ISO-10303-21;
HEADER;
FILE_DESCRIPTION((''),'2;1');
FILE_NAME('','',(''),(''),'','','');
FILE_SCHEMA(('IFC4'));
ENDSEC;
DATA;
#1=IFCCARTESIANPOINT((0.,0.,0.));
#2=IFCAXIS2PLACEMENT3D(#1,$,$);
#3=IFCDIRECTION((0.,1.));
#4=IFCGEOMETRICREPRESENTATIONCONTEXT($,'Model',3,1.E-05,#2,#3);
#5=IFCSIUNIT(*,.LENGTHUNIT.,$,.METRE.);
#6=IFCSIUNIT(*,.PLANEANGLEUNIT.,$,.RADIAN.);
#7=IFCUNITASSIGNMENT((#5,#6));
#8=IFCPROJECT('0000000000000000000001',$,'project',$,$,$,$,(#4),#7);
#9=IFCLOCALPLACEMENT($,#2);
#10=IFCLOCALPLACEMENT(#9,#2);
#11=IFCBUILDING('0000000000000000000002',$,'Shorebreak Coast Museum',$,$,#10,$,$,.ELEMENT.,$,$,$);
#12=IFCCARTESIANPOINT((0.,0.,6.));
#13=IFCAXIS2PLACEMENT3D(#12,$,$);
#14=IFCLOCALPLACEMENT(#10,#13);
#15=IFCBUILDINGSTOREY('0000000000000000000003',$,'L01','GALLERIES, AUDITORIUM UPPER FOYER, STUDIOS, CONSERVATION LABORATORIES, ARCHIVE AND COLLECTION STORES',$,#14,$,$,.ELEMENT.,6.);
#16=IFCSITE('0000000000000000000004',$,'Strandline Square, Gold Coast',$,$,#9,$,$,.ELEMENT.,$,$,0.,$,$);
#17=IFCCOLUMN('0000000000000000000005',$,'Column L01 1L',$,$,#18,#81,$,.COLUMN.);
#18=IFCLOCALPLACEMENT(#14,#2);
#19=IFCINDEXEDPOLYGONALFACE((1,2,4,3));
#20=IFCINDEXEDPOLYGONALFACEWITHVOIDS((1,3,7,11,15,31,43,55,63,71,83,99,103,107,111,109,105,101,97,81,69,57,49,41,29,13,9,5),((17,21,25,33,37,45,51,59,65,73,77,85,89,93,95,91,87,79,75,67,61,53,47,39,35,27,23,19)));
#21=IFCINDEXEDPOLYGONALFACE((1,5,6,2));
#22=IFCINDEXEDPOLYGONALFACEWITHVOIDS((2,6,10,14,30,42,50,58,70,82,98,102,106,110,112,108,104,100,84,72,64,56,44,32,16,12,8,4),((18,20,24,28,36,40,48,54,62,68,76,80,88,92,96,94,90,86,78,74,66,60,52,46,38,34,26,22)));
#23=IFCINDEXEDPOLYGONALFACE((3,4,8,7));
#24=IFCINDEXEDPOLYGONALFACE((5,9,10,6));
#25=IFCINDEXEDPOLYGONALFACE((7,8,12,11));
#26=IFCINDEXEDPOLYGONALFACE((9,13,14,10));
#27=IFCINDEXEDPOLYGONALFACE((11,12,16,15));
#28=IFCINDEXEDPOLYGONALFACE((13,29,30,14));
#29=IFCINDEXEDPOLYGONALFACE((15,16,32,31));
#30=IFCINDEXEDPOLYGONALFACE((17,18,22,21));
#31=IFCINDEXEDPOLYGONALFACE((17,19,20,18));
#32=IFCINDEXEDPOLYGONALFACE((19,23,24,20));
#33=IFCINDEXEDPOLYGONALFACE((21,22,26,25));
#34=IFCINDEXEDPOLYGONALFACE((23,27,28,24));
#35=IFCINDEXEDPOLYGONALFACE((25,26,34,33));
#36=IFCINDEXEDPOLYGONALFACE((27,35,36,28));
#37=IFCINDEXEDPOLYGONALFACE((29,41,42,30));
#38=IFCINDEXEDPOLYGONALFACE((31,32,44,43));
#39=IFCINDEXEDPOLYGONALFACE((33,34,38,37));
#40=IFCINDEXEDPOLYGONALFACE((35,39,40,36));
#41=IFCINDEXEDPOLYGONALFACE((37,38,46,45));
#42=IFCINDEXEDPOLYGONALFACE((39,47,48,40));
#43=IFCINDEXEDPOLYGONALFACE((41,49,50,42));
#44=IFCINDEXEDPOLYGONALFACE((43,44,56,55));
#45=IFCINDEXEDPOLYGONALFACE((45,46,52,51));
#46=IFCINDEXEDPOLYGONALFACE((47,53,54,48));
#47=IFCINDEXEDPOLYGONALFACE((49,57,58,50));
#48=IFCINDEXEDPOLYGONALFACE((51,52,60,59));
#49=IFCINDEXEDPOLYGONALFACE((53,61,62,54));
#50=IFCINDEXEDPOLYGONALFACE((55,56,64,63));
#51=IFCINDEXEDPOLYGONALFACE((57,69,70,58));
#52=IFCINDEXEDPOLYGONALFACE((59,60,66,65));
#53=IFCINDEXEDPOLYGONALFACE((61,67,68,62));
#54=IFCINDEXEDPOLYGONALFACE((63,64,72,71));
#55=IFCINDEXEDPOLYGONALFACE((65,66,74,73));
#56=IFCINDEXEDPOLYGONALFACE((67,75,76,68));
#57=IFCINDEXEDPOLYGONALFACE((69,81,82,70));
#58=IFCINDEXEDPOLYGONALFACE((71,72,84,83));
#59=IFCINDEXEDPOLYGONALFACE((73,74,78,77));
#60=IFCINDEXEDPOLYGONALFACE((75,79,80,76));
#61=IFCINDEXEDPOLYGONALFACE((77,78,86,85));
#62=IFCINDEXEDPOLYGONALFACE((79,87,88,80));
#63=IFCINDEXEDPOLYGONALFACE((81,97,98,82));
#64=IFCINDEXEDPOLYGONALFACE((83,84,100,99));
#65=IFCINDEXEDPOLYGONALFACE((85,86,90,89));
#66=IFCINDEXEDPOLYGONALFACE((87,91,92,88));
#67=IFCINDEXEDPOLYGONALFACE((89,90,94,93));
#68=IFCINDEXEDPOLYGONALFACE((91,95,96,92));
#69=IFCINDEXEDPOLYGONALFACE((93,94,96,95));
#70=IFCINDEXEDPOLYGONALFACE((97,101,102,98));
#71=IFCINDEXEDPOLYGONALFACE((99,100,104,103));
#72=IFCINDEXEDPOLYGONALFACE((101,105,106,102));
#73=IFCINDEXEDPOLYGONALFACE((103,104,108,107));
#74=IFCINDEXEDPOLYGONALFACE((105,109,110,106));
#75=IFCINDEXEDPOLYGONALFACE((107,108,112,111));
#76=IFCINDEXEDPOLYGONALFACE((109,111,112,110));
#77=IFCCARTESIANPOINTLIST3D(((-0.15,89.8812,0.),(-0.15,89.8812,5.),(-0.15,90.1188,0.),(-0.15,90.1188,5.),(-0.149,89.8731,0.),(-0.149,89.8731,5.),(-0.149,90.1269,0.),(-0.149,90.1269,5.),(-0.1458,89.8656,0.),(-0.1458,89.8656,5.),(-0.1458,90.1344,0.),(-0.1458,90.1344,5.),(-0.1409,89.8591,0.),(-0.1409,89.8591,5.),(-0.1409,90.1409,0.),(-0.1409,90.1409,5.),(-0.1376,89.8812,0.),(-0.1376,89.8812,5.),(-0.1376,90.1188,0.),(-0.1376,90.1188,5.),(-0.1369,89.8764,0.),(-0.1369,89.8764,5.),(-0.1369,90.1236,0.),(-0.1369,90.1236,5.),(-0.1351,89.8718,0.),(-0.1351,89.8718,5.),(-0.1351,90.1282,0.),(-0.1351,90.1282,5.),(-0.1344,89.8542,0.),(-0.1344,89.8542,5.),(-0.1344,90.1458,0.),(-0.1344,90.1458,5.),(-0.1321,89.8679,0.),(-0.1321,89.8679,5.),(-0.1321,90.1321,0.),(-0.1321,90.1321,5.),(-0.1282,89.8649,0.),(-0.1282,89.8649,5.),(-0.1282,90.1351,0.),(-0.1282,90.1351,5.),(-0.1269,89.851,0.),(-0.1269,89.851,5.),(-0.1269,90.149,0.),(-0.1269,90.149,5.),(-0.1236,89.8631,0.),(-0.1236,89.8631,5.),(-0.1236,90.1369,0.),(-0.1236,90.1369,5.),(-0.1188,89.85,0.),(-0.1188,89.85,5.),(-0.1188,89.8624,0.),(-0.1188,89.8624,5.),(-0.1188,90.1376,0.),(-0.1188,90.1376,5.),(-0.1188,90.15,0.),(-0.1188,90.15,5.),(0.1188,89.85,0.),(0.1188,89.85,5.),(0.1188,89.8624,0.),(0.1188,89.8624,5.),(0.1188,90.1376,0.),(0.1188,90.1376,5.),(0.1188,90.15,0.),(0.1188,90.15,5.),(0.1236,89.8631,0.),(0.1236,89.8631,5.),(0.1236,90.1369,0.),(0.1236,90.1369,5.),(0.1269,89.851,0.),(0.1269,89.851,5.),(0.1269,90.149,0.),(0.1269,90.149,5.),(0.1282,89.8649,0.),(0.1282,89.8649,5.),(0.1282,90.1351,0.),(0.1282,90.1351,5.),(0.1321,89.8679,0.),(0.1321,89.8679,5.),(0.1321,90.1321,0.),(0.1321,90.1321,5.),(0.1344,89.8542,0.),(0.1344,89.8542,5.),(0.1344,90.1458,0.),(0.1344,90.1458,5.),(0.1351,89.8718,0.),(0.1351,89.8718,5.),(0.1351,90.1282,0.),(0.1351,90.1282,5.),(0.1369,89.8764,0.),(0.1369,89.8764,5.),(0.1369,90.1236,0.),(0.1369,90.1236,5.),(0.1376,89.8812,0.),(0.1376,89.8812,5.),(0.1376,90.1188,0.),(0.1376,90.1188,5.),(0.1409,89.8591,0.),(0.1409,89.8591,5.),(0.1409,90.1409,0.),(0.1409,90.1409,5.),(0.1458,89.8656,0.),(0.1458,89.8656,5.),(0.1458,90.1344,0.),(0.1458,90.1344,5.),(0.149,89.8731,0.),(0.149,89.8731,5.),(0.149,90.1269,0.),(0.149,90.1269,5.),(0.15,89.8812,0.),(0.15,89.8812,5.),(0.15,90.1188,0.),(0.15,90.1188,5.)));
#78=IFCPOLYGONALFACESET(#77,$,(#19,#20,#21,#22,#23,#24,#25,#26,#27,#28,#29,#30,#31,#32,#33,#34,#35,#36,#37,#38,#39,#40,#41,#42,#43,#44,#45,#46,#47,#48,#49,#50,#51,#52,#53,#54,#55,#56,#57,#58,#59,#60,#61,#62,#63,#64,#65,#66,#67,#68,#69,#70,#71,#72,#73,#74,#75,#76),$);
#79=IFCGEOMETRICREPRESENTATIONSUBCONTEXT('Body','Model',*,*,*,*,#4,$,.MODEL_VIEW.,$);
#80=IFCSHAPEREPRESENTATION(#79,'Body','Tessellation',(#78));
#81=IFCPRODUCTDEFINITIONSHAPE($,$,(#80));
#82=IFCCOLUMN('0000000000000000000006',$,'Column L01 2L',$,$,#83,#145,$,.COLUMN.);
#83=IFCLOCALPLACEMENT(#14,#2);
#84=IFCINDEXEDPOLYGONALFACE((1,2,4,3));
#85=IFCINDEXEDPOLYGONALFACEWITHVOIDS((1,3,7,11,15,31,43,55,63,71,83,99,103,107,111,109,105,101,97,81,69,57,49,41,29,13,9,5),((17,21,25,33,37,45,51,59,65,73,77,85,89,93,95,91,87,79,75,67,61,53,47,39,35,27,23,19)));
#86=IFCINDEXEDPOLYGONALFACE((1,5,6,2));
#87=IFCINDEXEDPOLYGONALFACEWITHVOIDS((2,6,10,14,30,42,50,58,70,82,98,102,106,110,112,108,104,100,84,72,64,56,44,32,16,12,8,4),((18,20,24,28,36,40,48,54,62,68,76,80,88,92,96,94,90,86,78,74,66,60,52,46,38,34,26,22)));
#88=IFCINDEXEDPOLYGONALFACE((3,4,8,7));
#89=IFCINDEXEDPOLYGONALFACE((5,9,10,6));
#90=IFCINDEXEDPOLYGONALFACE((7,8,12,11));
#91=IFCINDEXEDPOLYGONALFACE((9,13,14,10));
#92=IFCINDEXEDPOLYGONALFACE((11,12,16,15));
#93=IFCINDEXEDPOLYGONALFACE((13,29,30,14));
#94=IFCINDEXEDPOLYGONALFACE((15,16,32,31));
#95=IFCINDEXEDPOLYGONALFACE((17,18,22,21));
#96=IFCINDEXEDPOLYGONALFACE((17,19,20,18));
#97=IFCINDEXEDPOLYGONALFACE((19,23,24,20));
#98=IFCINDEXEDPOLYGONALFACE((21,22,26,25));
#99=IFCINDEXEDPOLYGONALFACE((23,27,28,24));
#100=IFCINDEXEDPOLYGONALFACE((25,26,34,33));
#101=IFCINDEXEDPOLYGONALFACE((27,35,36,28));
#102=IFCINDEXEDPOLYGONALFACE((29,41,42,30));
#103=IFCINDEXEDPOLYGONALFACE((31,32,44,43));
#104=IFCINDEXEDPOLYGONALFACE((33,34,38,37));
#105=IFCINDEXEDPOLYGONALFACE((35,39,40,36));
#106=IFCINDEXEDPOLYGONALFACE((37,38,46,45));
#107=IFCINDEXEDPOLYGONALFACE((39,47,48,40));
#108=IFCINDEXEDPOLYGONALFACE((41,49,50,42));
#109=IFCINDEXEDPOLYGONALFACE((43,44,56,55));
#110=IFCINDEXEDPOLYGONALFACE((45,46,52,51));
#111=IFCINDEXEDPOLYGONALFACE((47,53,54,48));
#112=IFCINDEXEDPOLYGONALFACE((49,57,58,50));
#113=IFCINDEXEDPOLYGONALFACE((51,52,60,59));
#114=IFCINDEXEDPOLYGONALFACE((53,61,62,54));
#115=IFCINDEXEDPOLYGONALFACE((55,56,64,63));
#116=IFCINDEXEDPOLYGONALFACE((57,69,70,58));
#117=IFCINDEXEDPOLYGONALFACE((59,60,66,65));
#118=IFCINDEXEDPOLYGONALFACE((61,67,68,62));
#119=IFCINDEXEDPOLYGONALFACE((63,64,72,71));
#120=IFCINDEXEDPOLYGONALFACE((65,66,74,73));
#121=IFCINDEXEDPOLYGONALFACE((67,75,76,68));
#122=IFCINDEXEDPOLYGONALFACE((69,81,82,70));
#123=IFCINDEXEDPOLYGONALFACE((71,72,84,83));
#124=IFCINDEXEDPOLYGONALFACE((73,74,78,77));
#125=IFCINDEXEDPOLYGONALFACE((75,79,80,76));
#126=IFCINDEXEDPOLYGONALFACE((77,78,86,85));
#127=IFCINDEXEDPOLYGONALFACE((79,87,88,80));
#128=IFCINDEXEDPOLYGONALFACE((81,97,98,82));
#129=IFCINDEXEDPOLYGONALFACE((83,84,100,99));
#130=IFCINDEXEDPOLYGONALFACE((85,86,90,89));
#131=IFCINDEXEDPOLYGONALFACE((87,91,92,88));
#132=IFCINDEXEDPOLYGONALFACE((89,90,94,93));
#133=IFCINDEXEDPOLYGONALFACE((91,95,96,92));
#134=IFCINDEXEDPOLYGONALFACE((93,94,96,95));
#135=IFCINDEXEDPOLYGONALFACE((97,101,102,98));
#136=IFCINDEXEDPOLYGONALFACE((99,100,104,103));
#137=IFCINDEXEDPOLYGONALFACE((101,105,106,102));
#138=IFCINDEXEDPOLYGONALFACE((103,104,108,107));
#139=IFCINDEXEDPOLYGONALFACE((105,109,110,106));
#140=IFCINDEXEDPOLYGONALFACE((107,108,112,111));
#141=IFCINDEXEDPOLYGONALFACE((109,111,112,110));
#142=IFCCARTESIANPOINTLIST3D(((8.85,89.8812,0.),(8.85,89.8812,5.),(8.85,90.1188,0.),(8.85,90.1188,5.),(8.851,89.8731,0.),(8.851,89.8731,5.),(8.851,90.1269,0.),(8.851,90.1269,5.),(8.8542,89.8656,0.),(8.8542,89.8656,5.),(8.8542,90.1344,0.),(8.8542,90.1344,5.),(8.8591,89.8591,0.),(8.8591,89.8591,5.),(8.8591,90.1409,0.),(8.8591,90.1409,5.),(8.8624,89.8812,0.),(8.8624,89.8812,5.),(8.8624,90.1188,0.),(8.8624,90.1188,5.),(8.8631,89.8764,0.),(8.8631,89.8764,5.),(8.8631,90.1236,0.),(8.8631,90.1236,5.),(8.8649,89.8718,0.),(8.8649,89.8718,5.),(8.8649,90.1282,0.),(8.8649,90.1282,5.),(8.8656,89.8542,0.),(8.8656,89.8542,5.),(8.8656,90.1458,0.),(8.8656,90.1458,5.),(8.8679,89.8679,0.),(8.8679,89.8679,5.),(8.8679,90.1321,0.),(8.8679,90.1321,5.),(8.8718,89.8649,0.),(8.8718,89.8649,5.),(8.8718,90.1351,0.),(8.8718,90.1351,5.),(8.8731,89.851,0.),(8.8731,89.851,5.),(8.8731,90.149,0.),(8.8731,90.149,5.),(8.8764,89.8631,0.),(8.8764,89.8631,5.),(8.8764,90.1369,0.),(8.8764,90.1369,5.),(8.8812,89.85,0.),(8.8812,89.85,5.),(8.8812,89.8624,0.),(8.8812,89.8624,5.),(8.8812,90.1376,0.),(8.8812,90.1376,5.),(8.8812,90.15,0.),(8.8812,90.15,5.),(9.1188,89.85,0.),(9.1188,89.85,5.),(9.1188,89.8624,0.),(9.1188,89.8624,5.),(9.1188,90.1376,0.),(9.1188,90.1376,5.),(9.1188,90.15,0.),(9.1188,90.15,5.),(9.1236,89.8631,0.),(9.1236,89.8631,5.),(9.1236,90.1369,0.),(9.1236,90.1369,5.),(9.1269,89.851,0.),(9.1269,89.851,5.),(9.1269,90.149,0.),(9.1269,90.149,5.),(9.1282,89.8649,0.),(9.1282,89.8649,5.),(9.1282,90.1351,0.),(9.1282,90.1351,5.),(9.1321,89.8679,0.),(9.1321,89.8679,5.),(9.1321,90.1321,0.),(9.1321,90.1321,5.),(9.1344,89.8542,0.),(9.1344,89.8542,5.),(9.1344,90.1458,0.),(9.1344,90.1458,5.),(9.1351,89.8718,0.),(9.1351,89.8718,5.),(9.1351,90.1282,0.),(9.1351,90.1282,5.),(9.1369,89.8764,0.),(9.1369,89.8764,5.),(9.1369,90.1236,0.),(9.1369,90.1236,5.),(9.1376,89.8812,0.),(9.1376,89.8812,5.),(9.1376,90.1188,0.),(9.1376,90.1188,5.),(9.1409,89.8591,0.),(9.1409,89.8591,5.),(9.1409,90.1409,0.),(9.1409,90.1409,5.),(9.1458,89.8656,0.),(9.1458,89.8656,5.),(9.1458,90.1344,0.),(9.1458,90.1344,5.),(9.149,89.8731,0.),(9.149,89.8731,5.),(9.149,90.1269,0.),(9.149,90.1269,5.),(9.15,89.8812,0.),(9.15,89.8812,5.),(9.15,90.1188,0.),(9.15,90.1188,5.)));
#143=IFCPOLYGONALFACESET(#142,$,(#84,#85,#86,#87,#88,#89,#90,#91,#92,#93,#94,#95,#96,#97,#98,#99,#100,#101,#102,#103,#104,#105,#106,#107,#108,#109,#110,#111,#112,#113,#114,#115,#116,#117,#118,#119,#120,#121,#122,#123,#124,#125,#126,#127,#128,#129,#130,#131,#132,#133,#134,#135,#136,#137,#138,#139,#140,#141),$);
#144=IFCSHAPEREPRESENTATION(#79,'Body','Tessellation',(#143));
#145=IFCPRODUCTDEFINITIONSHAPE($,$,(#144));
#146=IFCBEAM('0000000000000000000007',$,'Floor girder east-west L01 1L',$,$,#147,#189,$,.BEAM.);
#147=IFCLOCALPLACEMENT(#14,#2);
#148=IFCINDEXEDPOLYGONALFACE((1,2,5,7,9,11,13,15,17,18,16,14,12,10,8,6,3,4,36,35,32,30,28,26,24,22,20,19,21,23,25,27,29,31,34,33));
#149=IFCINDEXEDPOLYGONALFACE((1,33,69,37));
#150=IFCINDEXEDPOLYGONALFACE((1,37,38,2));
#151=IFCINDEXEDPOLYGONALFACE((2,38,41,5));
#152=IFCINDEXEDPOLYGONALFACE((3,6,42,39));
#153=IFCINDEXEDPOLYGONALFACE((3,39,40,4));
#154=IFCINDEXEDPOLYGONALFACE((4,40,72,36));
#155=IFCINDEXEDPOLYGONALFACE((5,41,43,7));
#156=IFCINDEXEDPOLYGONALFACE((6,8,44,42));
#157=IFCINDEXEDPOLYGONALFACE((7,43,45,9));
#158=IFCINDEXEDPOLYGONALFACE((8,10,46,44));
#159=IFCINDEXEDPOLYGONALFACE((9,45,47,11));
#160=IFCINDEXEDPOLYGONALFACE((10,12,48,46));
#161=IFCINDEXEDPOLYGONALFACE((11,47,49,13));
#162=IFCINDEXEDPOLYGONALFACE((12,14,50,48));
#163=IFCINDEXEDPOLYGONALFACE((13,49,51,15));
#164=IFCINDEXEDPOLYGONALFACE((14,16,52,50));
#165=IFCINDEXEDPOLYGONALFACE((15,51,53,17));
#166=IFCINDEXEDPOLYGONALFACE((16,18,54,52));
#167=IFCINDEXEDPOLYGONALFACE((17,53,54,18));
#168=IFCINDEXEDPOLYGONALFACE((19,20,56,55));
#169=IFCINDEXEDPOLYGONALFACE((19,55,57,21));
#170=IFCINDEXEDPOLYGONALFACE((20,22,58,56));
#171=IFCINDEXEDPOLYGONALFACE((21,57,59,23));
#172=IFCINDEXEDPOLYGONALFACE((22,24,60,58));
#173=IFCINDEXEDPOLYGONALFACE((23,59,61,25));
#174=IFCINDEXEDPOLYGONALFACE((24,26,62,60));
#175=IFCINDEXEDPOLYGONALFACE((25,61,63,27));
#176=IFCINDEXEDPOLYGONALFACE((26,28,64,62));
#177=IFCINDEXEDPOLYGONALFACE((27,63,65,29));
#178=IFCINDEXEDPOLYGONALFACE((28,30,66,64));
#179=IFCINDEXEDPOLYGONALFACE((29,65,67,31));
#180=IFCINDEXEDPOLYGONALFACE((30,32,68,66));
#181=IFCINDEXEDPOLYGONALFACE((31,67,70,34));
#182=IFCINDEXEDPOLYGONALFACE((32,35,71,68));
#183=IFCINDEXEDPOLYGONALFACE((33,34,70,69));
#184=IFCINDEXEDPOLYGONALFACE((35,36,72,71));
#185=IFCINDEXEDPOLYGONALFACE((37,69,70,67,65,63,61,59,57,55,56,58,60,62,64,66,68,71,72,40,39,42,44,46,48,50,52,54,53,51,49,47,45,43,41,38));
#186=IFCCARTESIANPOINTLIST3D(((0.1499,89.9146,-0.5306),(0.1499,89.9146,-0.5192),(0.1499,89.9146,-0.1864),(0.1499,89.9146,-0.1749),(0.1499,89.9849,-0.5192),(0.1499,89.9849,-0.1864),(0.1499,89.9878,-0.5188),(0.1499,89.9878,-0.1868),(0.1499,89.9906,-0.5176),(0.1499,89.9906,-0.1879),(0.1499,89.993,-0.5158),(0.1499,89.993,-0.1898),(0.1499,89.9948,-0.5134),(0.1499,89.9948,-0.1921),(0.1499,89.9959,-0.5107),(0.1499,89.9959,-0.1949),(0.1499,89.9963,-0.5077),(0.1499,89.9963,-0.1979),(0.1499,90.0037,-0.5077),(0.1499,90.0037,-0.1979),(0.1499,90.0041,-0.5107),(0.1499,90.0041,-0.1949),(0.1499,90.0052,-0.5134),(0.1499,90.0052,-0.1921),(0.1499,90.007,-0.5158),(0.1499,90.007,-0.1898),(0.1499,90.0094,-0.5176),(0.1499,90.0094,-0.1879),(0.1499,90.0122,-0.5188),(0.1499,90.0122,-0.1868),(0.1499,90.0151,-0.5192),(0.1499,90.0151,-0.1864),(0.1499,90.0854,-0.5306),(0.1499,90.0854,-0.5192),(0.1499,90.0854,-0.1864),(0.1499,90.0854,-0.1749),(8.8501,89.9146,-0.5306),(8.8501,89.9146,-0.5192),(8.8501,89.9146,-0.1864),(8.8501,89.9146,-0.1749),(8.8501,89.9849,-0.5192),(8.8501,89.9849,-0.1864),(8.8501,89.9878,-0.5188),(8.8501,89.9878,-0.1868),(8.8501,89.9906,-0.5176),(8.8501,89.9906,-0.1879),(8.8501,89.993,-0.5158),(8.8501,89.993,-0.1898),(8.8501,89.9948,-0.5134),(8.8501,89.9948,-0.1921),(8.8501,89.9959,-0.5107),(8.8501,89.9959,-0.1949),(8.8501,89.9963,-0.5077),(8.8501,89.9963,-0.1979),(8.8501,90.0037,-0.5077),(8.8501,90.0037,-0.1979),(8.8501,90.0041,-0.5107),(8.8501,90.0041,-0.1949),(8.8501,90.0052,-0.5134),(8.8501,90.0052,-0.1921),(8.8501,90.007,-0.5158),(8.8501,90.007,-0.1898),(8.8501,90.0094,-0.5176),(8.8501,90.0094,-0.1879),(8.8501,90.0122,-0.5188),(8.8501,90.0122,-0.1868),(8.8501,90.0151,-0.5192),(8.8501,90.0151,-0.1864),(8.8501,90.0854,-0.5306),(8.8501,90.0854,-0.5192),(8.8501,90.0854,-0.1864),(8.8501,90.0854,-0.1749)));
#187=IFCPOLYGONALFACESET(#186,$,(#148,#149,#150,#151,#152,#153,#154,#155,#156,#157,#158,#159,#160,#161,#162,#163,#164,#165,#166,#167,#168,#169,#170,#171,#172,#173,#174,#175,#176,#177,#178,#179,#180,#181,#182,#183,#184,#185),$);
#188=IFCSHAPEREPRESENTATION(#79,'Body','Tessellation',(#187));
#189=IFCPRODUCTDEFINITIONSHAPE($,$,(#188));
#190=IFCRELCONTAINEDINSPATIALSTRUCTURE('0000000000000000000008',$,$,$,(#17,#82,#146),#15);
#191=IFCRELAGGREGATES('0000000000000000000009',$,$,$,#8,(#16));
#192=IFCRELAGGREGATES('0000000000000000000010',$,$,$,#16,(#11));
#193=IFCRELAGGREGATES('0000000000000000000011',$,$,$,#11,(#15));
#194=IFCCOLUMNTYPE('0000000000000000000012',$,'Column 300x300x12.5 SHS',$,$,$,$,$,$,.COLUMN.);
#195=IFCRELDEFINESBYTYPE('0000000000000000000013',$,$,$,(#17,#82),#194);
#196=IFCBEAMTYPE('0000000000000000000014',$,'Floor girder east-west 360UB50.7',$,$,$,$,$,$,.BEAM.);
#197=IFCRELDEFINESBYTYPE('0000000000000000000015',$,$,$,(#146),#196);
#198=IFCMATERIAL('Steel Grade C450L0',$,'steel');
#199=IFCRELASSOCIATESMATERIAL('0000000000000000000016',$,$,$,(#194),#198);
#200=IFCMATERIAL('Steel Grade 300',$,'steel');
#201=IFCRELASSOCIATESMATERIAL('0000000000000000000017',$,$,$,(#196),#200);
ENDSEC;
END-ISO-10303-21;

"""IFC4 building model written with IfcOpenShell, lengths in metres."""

from ifc_helpers import new_model, si_unit, direction, frame, origin, origin_2d, place, context, subcontext, project, spatial, hollow_rectangle, i_section, extrude, material, material_profile, profile_set, type_object, element, save


model = new_model("IFC4")

# Units and contexts
model_context = context("Model", 3, precision=1e-05, world=origin(), true_north=direction((0.0, 1.0)))
body_context = subcontext(model_context, "Body", "Model", "MODEL_VIEW")
ifc_project = project(units=[si_unit("LENGTHUNIT", "METRE"), si_unit("PLANEANGLEUNIT", "RADIAN")], contexts=[model_context])

# Site, building, storey
site_placement = place(None, origin())
site = spatial("IfcSite", under=ifc_project, at=site_placement, Name="Strandline Square, Gold Coast", CompositionType="ELEMENT", RefElevation=0.0)
building_placement = place(site_placement, origin())
building = spatial("IfcBuilding", under=site, at=building_placement, Name="Shorebreak Coast Museum", CompositionType="ELEMENT")
storey_placement = place(building_placement, frame((0.0, 0.0, 6.0)))
storey = spatial("IfcBuildingStorey", under=building, at=storey_placement, Name="L01", Description="GALLERIES, AUDITORIUM UPPER FOYER, STUDIOS, CONSERVATION LABORATORIES, ARCHIVE AND COLLECTION STORES", CompositionType="ELEMENT", Elevation=6.0)

# Columns
ifc_material_1 = material(Name="Steel Grade C450L0", Category="steel")
ifc_material_profile_1 = material_profile(ifc_material_1, hollow_rectangle(XDim=0.3, YDim=0.3, WallThickness=0.0125, InnerFilletRadius=0.0188, OuterFilletRadius=0.0312, at=origin_2d()), Name="300x300x12.5 SHS")
ifc_profile_set_1 = profile_set([ifc_material_profile_1], Name="Steel Grade C450L0")
column_type = type_object("IfcColumnType", Name="Column 300x300x12.5 SHS", PredefinedType="COLUMN", material=ifc_profile_set_1)
for number, where, z_axis, x_axis, name in (
    (1, (0.0, 90.0, 0.0), (0.0, 0.0, 1.0), (1.0, 0.0, 0.0), "Column L01 1L"),
    (2, (9.0, 90.0, 0.0), (0.0, 0.0, 1.0), (1.0, 0.0, 0.0), "Column L01 2L"),
):
    element("IfcColumn", number, at=place(storey_placement, frame(where, z_axis=z_axis, x_axis=x_axis)), inside=storey, type_object=column_type, Name=name, PredefinedType="COLUMN", context=body_context, shape_type="SweptSolid", body=[
        extrude(hollow_rectangle(XDim=0.3, YDim=0.3, WallThickness=0.0125, InnerFilletRadius=0.0188, OuterFilletRadius=0.0312, at=origin_2d()), origin(), (0.0, 0.0, 1.0), 5.0),
    ])

# Beam
ifc_material_2 = material(Name="Steel Grade 300", Category="steel")
ifc_material_profile_2 = material_profile(ifc_material_2, i_section(OverallWidth=0.1709, OverallDepth=0.3557, WebThickness=0.0073, FlangeThickness=0.0115, FilletRadius=0.0115, at=origin_2d()), Name="360UB50.7")
ifc_profile_set_2 = profile_set([ifc_material_profile_2], Name="Steel Grade 300")
beam_type_1 = type_object("IfcBeamType", Name="Floor girder east-west 360UB50.7", PredefinedType="BEAM", material=ifc_profile_set_2)
for number, where, z_axis, x_axis, name in (
    (3, (0.1499, 90.0, -0.3528), (1.0, 0.0, 0.0), (0.0, 1.0, 0.0), "Floor girder east-west L01 1L"),
):
    element("IfcBeam", number, at=place(storey_placement, frame(where, z_axis=z_axis, x_axis=x_axis)), inside=storey, type_object=beam_type_1, Name=name, PredefinedType="BEAM", context=body_context, shape_type="SweptSolid", body=[
        extrude(i_section(OverallWidth=0.1709, OverallDepth=0.3557, WebThickness=0.0073, FlangeThickness=0.0115, FilletRadius=0.0115, at=origin_2d()), origin(), (0.0, 0.0, 1.0), 8.7002),
    ])

save(model, "model.ifc")
